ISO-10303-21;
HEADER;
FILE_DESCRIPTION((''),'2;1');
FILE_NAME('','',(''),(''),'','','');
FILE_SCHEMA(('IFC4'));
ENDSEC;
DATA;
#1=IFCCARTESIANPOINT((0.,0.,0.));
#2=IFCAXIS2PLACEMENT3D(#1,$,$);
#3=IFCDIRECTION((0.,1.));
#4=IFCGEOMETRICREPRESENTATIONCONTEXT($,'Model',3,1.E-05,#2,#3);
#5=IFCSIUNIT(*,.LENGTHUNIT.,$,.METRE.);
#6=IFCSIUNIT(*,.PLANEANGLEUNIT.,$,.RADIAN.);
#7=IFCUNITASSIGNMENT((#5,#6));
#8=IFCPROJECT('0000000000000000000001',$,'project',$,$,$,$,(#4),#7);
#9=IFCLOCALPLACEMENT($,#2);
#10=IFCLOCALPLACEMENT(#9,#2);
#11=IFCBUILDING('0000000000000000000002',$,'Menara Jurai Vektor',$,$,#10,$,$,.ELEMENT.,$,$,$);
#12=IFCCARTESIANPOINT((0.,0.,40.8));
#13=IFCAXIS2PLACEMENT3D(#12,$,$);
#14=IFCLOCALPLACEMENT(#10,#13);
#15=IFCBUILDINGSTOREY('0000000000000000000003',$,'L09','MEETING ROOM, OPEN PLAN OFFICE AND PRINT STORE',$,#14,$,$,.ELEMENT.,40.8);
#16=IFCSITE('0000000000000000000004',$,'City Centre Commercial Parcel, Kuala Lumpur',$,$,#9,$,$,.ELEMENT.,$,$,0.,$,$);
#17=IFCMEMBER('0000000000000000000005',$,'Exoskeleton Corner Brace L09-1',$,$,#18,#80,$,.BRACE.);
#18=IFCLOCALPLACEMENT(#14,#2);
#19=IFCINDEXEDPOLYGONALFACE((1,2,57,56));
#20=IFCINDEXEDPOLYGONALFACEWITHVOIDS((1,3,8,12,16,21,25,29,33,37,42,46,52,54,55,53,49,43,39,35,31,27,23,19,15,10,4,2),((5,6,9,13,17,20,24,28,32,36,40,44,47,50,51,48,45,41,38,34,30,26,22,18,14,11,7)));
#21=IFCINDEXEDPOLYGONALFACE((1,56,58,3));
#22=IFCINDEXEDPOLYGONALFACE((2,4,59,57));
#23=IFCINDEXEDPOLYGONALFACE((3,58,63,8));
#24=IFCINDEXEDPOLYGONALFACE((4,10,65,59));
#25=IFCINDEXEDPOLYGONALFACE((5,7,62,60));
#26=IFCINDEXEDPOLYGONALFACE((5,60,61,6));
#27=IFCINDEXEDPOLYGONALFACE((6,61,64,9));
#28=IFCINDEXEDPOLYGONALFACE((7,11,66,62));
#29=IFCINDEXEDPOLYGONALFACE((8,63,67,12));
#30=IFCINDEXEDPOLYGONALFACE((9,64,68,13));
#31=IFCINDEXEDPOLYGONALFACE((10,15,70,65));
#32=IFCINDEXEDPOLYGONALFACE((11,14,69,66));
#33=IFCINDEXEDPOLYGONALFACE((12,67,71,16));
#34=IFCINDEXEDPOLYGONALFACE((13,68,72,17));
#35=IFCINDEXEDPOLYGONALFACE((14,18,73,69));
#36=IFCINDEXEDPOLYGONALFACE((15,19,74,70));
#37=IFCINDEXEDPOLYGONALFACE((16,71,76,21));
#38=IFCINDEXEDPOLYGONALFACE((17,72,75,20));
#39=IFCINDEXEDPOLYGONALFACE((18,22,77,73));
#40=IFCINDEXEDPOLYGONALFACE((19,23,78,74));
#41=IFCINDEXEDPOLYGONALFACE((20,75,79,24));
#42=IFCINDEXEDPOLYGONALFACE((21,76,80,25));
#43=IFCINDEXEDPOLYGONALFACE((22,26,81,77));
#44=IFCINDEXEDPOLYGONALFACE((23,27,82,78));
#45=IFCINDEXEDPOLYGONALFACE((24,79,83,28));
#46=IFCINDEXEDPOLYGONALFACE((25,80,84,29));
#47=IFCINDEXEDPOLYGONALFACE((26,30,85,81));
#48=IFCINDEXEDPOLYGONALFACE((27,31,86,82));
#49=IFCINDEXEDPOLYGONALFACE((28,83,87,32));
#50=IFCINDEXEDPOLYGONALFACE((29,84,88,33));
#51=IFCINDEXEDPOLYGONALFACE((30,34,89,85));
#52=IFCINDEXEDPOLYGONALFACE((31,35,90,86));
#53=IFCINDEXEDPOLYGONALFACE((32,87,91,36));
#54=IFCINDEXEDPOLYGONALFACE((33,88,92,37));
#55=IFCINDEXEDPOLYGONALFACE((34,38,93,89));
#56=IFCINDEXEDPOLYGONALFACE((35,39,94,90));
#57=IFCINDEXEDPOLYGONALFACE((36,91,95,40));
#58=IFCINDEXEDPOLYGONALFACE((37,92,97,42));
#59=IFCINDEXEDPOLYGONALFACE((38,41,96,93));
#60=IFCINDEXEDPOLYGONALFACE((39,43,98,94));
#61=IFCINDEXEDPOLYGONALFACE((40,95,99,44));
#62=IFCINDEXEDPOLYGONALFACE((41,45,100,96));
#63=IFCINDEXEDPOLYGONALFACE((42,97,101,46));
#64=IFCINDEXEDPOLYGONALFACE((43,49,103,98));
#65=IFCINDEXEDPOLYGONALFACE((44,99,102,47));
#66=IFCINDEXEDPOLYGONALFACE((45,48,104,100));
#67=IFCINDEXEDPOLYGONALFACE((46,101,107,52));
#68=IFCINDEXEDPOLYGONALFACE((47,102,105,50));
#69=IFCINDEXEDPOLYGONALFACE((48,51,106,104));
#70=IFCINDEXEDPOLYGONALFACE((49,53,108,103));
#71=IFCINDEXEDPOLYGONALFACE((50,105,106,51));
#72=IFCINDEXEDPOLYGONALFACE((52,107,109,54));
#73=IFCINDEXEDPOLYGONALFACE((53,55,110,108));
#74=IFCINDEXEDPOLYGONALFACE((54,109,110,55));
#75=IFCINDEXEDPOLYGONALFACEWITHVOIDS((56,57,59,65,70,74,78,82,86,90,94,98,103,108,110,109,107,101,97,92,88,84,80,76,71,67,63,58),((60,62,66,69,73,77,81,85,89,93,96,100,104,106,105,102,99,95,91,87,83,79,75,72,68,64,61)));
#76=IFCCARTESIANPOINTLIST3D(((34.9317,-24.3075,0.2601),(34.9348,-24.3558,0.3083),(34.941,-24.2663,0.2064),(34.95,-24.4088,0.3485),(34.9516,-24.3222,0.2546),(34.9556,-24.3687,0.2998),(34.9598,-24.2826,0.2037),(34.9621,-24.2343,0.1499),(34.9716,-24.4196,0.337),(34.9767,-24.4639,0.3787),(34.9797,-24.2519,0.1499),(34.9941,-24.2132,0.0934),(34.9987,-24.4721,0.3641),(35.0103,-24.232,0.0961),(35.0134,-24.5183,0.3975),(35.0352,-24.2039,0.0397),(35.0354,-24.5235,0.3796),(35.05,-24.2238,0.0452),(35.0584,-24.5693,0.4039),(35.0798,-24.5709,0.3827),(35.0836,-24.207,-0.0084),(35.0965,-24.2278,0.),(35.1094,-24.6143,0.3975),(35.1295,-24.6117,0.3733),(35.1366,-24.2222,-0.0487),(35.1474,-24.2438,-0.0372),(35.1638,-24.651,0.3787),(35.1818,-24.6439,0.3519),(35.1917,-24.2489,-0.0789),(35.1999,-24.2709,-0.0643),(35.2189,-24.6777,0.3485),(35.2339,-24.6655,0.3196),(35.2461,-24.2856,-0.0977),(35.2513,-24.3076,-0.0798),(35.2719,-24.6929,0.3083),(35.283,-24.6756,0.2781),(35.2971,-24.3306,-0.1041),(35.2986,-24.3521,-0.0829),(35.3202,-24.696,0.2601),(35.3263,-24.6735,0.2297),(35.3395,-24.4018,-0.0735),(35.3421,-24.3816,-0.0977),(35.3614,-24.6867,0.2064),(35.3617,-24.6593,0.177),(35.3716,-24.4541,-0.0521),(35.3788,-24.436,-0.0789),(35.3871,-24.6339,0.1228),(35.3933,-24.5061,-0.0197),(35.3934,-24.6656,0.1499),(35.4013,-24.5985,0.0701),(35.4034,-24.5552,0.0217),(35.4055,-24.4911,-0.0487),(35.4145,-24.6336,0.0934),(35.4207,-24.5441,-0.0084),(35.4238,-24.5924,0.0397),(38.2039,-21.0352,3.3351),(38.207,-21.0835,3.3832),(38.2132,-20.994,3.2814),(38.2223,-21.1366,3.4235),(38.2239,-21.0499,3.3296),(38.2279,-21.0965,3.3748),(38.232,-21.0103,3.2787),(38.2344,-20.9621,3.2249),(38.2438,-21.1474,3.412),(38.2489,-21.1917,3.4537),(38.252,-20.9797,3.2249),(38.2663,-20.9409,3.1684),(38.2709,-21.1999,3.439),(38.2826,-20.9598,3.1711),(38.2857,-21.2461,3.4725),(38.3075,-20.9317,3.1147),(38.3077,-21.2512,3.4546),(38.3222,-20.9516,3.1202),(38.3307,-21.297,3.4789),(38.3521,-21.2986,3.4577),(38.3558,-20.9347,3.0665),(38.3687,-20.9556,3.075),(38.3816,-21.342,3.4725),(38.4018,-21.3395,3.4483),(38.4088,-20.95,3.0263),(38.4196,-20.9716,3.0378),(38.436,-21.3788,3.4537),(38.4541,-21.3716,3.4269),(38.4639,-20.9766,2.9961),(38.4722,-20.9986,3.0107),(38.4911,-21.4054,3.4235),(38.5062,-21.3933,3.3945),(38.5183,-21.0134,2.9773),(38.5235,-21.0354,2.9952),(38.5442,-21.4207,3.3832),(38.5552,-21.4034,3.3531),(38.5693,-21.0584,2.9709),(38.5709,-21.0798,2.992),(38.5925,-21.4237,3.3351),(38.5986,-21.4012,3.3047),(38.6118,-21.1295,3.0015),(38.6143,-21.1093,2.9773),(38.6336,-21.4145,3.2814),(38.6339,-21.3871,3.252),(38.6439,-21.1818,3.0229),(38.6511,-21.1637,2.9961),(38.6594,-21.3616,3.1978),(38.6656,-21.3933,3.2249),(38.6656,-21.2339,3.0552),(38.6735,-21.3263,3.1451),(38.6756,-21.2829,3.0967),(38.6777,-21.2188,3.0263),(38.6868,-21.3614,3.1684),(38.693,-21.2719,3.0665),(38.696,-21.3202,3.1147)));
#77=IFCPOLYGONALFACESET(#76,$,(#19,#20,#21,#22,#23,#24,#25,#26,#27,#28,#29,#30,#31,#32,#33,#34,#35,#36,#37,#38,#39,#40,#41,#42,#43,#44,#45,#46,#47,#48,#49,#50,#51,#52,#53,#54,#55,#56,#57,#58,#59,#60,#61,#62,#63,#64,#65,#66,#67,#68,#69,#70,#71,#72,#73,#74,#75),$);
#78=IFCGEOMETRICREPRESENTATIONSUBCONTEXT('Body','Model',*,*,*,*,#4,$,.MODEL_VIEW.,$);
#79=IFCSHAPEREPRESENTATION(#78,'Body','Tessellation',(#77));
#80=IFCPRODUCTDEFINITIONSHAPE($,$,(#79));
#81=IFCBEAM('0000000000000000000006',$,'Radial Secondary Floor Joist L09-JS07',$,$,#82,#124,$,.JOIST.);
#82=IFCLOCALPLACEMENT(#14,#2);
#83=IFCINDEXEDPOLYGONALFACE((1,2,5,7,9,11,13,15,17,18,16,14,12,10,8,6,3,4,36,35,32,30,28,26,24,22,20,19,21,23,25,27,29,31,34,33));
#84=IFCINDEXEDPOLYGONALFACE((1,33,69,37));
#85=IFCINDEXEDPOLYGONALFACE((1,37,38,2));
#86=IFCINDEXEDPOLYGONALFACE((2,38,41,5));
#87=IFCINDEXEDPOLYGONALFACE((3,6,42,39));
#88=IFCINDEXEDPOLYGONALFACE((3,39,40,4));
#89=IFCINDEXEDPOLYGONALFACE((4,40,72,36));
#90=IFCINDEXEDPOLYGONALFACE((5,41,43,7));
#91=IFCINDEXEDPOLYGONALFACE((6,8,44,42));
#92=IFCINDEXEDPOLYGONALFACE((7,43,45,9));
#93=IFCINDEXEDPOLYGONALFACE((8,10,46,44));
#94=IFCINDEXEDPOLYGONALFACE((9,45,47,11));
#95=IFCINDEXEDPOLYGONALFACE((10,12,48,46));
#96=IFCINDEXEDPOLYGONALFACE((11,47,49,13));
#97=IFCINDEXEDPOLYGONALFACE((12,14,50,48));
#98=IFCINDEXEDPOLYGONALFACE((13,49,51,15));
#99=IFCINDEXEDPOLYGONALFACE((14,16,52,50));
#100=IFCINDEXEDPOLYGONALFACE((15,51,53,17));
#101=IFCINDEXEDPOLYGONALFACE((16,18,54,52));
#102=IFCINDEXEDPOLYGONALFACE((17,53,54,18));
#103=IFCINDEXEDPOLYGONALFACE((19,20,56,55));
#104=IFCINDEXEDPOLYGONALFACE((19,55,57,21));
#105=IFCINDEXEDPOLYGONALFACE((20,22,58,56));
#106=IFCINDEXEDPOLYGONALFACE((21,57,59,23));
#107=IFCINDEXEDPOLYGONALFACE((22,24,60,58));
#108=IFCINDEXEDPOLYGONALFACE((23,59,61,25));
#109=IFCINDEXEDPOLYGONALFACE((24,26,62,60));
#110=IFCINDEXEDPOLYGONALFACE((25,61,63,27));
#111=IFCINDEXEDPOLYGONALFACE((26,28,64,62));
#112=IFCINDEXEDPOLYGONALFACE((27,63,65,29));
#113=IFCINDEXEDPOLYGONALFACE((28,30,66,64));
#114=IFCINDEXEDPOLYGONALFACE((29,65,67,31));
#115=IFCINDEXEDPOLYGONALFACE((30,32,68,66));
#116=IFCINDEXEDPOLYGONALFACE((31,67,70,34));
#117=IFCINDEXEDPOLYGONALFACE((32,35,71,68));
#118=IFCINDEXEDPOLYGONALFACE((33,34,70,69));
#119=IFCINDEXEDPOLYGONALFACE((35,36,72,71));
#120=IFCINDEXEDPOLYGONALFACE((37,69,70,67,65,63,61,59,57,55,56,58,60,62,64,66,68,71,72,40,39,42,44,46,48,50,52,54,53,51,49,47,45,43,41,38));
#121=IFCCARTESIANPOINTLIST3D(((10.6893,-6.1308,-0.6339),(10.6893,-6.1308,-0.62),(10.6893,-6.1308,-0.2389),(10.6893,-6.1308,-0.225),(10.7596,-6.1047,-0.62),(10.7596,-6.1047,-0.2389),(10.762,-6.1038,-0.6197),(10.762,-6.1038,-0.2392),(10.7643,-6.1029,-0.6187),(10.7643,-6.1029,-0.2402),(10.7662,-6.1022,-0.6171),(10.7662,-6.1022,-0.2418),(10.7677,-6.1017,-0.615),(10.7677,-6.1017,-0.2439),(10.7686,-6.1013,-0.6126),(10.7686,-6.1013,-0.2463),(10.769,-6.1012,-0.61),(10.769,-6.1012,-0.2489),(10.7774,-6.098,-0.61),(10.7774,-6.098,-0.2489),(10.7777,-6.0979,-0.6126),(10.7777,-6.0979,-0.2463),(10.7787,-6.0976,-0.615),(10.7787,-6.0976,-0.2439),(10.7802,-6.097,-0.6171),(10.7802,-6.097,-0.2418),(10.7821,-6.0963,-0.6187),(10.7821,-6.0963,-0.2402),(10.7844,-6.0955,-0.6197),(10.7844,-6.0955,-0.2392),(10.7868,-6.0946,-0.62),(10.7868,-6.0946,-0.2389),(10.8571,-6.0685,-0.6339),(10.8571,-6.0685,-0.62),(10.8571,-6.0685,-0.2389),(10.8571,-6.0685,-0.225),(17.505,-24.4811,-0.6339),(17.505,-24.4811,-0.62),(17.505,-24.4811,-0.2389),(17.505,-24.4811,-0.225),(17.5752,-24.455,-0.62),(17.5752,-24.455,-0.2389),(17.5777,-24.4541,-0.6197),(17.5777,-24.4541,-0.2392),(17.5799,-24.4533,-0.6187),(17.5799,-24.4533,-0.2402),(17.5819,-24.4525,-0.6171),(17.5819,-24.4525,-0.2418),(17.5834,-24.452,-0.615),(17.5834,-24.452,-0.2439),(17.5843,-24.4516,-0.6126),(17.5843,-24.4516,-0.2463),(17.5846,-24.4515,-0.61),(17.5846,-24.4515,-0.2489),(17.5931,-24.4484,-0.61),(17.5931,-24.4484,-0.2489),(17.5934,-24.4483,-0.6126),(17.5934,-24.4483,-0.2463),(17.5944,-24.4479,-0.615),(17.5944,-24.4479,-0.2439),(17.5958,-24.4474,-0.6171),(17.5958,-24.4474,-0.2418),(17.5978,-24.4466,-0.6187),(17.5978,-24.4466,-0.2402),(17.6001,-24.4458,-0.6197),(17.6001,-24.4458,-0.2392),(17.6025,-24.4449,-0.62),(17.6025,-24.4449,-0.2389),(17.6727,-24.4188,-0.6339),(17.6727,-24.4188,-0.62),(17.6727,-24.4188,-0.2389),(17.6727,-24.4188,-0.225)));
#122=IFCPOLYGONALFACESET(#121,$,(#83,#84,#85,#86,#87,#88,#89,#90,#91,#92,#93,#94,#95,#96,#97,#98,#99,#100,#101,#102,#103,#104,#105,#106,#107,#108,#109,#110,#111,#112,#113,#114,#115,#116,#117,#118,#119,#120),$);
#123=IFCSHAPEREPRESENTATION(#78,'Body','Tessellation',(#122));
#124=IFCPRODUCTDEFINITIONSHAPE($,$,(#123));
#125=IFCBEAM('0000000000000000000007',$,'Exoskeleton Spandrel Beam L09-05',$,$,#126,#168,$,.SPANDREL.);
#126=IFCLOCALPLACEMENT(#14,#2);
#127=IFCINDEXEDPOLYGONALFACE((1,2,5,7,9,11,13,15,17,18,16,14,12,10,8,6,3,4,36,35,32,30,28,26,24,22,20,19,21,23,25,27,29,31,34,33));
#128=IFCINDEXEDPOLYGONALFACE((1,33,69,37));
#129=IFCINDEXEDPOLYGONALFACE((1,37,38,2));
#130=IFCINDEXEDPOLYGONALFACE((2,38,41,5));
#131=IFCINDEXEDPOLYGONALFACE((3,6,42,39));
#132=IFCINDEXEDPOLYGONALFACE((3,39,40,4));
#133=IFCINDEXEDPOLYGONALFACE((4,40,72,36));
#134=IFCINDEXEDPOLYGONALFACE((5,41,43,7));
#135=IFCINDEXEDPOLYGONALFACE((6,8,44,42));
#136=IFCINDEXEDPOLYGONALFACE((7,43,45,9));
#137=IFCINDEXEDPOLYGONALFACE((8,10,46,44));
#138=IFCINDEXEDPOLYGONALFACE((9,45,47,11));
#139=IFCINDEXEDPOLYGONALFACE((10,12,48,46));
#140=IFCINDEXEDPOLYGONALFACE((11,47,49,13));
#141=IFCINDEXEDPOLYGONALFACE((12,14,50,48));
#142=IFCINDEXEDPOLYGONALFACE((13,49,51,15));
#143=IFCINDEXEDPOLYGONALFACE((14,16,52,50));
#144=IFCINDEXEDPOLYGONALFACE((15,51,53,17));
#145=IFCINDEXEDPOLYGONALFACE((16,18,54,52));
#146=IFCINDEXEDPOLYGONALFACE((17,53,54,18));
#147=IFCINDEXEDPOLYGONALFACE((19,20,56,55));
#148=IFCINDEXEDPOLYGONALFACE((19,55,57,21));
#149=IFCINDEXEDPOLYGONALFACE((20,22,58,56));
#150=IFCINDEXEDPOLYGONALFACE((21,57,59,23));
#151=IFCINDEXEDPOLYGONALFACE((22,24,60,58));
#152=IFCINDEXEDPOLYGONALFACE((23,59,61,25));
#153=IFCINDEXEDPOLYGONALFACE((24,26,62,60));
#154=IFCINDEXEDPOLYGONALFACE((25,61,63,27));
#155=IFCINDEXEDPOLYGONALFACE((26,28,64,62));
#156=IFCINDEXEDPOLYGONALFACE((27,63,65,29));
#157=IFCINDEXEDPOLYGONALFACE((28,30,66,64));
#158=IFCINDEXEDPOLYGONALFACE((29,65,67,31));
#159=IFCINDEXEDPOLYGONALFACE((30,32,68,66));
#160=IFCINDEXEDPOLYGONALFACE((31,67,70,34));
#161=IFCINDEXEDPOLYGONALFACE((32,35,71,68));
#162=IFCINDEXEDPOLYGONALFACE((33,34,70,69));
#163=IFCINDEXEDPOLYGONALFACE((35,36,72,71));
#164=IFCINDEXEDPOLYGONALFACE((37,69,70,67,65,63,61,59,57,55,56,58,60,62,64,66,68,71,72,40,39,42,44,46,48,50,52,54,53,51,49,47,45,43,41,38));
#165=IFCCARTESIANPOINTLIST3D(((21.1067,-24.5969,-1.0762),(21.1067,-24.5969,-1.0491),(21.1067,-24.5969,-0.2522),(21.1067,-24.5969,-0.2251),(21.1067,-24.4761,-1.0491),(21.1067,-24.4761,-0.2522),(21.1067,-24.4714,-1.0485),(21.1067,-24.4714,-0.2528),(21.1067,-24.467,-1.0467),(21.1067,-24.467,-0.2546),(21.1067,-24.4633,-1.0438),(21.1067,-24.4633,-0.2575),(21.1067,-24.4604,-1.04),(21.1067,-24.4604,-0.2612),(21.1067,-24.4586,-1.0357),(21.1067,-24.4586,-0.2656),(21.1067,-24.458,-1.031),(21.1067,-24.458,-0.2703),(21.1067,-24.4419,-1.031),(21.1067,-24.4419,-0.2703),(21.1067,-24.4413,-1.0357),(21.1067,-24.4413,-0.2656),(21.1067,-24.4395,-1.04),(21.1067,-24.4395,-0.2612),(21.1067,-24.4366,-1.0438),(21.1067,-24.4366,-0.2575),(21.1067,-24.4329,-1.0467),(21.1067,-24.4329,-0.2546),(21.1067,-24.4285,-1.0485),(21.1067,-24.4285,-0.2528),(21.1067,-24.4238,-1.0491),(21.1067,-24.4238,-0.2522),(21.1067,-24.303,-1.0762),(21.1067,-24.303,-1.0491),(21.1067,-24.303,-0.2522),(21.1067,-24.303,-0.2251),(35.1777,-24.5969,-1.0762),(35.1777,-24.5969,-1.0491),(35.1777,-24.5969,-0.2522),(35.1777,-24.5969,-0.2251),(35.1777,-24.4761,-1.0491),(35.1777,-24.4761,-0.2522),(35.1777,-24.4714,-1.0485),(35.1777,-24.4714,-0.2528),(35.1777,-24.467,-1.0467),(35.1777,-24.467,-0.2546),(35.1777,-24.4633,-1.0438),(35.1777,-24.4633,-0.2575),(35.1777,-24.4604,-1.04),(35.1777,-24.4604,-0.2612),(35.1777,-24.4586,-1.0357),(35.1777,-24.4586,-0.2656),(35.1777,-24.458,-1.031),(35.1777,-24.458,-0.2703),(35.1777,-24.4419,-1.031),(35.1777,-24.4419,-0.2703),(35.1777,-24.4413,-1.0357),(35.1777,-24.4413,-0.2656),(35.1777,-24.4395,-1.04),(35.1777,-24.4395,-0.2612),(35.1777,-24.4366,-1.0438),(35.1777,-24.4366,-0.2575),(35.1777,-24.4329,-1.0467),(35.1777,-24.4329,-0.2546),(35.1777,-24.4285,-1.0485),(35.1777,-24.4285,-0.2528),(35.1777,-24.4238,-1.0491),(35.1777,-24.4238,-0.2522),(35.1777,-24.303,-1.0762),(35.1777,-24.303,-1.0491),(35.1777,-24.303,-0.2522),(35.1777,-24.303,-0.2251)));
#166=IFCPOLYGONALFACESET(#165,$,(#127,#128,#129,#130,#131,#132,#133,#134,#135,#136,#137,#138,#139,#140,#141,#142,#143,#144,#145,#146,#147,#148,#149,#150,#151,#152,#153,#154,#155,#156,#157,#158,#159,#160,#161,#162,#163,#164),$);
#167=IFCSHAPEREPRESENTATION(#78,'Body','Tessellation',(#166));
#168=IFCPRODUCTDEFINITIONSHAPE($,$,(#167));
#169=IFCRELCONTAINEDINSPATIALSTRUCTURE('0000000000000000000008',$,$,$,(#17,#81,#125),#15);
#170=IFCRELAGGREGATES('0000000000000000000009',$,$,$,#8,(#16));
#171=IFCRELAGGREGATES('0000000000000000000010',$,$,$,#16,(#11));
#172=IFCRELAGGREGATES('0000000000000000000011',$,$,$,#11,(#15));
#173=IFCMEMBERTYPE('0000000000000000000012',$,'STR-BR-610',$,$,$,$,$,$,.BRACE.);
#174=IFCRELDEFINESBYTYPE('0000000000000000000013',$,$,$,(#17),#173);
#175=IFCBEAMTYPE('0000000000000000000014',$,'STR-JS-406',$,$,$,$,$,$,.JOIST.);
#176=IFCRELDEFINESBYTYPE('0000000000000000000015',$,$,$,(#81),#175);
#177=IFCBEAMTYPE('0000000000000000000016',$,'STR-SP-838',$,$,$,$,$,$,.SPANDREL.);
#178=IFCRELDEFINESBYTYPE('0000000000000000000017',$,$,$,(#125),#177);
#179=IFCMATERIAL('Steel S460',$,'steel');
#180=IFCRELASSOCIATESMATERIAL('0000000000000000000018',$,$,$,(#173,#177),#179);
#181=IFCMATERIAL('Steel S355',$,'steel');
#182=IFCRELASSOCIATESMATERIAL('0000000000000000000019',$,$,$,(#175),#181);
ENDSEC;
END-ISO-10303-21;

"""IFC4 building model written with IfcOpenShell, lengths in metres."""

from ifc_helpers import new_model, si_unit, direction, frame, origin, origin_2d, place, context, subcontext, project, spatial, hollow_circle, i_section, extrude, material, material_profile, profile_set, type_object, element, save


model = new_model("IFC4")

# Units and contexts
model_context = context("Model", 3, precision=1e-05, world=origin(), true_north=direction((0.0, 1.0)))
body_context = subcontext(model_context, "Body", "Model", "MODEL_VIEW")
ifc_project = project(units=[si_unit("LENGTHUNIT", "METRE"), si_unit("PLANEANGLEUNIT", "RADIAN")], contexts=[model_context])

# Site, building, storey
site_placement = place(None, origin())
site = spatial("IfcSite", under=ifc_project, at=site_placement, Name="City Centre Commercial Parcel, Kuala Lumpur", CompositionType="ELEMENT", RefElevation=0.0)
building_placement = place(site_placement, origin())
building = spatial("IfcBuilding", under=site, at=building_placement, Name="Menara Jurai Vektor", CompositionType="ELEMENT")
storey_placement = place(building_placement, frame((0.0, 0.0, 40.8)))
storey = spatial("IfcBuildingStorey", under=building, at=storey_placement, Name="L09", Description="MEETING ROOM, OPEN PLAN OFFICE AND PRINT STORE", CompositionType="ELEMENT", Elevation=40.8)

# Shared definitions
ifc_material_1 = material(Name="Steel S460", Category="steel")

# Shared definitions
ifc_material_2 = material(Name="Steel S355", Category="steel")

# Member
ifc_material_profile_1 = material_profile(ifc_material_1, hollow_circle(Radius=0.3049, WallThickness=0.0249, at=origin_2d()), Name="CHS 610x25")
ifc_profile_set_1 = profile_set([ifc_material_profile_1], Name="Steel S460")
member_type_1 = type_object("IfcMemberType", Name="STR-BR-610", PredefinedType="BRACE", material=ifc_profile_set_1)
member_1_placement = place(storey_placement, frame((35.1777, -24.45, 0.1499), z_axis=(0.588942, 0.588942, 0.553438), x_axis=(-0.707107, 0.707107, 0.0)))
element("IfcMember", 1, at=member_1_placement, inside=storey, type_object=member_type_1, Name="Exoskeleton Corner Brace L09-1", PredefinedType="BRACE", context=body_context, shape_type="SweptSolid", body=[
    extrude(hollow_circle(Radius=0.3049, WallThickness=0.0249, at=origin_2d()), origin(), (0.0, 0.0, 1.0), 5.5562),
])

# Beams
ifc_material_profile_2 = material_profile(ifc_material_2, i_section(OverallWidth=0.179, OverallDepth=0.4089, WebThickness=0.009, FlangeThickness=0.0139, FilletRadius=0.01, at=origin_2d()), Name="UKB 406x178x67")
ifc_profile_set_2 = profile_set([ifc_material_profile_2], Name="Steel S355")
beam_type_1 = type_object("IfcBeamType", Name="STR-JS-406", PredefinedType="JOIST", material=ifc_profile_set_2)
beam_1_placement = place(storey_placement, frame((17.5889, -24.45, -0.4294), z_axis=(-0.348179, 0.937428, 0.0), x_axis=(-0.937428, -0.348179, 0.0)))
element("IfcBeam", 2, at=beam_1_placement, inside=storey, type_object=beam_type_1, Name="Radial Secondary Floor Joist L09-JS07", PredefinedType="JOIST", context=body_context, shape_type="SweptSolid", body=[
    extrude(i_section(OverallWidth=0.179, OverallDepth=0.4089, WebThickness=0.009, FlangeThickness=0.0139, FilletRadius=0.01, at=origin_2d()), origin(), (0.0, 0.0, 1.0), 19.5752),
])
ifc_material_profile_3 = material_profile(ifc_material_1, i_section(OverallWidth=0.2939, OverallDepth=0.8511, WebThickness=0.0161, FlangeThickness=0.0271, FilletRadius=0.0181, at=origin_2d()), Name="UKB 838x292x226")
ifc_profile_set_3 = profile_set([ifc_material_profile_3], Name="Steel S460")
beam_type_2 = type_object("IfcBeamType", Name="STR-SP-838", PredefinedType="SPANDREL", material=ifc_profile_set_3)
beam_2_placement = place(storey_placement, frame((21.1067, -24.45, -0.6506), z_axis=(1.0, 0.0, 0.0), x_axis=(0.0, 1.0, 0.0)))
element("IfcBeam", 3, at=beam_2_placement, inside=storey, type_object=beam_type_2, Name="Exoskeleton Spandrel Beam L09-05", PredefinedType="SPANDREL", context=body_context, shape_type="SweptSolid", body=[
    extrude(i_section(OverallWidth=0.2939, OverallDepth=0.8511, WebThickness=0.0161, FlangeThickness=0.0271, FilletRadius=0.0181, at=origin_2d()), origin(), (0.0, 0.0, 1.0), 14.071),
])

save(model, "model.ifc")
